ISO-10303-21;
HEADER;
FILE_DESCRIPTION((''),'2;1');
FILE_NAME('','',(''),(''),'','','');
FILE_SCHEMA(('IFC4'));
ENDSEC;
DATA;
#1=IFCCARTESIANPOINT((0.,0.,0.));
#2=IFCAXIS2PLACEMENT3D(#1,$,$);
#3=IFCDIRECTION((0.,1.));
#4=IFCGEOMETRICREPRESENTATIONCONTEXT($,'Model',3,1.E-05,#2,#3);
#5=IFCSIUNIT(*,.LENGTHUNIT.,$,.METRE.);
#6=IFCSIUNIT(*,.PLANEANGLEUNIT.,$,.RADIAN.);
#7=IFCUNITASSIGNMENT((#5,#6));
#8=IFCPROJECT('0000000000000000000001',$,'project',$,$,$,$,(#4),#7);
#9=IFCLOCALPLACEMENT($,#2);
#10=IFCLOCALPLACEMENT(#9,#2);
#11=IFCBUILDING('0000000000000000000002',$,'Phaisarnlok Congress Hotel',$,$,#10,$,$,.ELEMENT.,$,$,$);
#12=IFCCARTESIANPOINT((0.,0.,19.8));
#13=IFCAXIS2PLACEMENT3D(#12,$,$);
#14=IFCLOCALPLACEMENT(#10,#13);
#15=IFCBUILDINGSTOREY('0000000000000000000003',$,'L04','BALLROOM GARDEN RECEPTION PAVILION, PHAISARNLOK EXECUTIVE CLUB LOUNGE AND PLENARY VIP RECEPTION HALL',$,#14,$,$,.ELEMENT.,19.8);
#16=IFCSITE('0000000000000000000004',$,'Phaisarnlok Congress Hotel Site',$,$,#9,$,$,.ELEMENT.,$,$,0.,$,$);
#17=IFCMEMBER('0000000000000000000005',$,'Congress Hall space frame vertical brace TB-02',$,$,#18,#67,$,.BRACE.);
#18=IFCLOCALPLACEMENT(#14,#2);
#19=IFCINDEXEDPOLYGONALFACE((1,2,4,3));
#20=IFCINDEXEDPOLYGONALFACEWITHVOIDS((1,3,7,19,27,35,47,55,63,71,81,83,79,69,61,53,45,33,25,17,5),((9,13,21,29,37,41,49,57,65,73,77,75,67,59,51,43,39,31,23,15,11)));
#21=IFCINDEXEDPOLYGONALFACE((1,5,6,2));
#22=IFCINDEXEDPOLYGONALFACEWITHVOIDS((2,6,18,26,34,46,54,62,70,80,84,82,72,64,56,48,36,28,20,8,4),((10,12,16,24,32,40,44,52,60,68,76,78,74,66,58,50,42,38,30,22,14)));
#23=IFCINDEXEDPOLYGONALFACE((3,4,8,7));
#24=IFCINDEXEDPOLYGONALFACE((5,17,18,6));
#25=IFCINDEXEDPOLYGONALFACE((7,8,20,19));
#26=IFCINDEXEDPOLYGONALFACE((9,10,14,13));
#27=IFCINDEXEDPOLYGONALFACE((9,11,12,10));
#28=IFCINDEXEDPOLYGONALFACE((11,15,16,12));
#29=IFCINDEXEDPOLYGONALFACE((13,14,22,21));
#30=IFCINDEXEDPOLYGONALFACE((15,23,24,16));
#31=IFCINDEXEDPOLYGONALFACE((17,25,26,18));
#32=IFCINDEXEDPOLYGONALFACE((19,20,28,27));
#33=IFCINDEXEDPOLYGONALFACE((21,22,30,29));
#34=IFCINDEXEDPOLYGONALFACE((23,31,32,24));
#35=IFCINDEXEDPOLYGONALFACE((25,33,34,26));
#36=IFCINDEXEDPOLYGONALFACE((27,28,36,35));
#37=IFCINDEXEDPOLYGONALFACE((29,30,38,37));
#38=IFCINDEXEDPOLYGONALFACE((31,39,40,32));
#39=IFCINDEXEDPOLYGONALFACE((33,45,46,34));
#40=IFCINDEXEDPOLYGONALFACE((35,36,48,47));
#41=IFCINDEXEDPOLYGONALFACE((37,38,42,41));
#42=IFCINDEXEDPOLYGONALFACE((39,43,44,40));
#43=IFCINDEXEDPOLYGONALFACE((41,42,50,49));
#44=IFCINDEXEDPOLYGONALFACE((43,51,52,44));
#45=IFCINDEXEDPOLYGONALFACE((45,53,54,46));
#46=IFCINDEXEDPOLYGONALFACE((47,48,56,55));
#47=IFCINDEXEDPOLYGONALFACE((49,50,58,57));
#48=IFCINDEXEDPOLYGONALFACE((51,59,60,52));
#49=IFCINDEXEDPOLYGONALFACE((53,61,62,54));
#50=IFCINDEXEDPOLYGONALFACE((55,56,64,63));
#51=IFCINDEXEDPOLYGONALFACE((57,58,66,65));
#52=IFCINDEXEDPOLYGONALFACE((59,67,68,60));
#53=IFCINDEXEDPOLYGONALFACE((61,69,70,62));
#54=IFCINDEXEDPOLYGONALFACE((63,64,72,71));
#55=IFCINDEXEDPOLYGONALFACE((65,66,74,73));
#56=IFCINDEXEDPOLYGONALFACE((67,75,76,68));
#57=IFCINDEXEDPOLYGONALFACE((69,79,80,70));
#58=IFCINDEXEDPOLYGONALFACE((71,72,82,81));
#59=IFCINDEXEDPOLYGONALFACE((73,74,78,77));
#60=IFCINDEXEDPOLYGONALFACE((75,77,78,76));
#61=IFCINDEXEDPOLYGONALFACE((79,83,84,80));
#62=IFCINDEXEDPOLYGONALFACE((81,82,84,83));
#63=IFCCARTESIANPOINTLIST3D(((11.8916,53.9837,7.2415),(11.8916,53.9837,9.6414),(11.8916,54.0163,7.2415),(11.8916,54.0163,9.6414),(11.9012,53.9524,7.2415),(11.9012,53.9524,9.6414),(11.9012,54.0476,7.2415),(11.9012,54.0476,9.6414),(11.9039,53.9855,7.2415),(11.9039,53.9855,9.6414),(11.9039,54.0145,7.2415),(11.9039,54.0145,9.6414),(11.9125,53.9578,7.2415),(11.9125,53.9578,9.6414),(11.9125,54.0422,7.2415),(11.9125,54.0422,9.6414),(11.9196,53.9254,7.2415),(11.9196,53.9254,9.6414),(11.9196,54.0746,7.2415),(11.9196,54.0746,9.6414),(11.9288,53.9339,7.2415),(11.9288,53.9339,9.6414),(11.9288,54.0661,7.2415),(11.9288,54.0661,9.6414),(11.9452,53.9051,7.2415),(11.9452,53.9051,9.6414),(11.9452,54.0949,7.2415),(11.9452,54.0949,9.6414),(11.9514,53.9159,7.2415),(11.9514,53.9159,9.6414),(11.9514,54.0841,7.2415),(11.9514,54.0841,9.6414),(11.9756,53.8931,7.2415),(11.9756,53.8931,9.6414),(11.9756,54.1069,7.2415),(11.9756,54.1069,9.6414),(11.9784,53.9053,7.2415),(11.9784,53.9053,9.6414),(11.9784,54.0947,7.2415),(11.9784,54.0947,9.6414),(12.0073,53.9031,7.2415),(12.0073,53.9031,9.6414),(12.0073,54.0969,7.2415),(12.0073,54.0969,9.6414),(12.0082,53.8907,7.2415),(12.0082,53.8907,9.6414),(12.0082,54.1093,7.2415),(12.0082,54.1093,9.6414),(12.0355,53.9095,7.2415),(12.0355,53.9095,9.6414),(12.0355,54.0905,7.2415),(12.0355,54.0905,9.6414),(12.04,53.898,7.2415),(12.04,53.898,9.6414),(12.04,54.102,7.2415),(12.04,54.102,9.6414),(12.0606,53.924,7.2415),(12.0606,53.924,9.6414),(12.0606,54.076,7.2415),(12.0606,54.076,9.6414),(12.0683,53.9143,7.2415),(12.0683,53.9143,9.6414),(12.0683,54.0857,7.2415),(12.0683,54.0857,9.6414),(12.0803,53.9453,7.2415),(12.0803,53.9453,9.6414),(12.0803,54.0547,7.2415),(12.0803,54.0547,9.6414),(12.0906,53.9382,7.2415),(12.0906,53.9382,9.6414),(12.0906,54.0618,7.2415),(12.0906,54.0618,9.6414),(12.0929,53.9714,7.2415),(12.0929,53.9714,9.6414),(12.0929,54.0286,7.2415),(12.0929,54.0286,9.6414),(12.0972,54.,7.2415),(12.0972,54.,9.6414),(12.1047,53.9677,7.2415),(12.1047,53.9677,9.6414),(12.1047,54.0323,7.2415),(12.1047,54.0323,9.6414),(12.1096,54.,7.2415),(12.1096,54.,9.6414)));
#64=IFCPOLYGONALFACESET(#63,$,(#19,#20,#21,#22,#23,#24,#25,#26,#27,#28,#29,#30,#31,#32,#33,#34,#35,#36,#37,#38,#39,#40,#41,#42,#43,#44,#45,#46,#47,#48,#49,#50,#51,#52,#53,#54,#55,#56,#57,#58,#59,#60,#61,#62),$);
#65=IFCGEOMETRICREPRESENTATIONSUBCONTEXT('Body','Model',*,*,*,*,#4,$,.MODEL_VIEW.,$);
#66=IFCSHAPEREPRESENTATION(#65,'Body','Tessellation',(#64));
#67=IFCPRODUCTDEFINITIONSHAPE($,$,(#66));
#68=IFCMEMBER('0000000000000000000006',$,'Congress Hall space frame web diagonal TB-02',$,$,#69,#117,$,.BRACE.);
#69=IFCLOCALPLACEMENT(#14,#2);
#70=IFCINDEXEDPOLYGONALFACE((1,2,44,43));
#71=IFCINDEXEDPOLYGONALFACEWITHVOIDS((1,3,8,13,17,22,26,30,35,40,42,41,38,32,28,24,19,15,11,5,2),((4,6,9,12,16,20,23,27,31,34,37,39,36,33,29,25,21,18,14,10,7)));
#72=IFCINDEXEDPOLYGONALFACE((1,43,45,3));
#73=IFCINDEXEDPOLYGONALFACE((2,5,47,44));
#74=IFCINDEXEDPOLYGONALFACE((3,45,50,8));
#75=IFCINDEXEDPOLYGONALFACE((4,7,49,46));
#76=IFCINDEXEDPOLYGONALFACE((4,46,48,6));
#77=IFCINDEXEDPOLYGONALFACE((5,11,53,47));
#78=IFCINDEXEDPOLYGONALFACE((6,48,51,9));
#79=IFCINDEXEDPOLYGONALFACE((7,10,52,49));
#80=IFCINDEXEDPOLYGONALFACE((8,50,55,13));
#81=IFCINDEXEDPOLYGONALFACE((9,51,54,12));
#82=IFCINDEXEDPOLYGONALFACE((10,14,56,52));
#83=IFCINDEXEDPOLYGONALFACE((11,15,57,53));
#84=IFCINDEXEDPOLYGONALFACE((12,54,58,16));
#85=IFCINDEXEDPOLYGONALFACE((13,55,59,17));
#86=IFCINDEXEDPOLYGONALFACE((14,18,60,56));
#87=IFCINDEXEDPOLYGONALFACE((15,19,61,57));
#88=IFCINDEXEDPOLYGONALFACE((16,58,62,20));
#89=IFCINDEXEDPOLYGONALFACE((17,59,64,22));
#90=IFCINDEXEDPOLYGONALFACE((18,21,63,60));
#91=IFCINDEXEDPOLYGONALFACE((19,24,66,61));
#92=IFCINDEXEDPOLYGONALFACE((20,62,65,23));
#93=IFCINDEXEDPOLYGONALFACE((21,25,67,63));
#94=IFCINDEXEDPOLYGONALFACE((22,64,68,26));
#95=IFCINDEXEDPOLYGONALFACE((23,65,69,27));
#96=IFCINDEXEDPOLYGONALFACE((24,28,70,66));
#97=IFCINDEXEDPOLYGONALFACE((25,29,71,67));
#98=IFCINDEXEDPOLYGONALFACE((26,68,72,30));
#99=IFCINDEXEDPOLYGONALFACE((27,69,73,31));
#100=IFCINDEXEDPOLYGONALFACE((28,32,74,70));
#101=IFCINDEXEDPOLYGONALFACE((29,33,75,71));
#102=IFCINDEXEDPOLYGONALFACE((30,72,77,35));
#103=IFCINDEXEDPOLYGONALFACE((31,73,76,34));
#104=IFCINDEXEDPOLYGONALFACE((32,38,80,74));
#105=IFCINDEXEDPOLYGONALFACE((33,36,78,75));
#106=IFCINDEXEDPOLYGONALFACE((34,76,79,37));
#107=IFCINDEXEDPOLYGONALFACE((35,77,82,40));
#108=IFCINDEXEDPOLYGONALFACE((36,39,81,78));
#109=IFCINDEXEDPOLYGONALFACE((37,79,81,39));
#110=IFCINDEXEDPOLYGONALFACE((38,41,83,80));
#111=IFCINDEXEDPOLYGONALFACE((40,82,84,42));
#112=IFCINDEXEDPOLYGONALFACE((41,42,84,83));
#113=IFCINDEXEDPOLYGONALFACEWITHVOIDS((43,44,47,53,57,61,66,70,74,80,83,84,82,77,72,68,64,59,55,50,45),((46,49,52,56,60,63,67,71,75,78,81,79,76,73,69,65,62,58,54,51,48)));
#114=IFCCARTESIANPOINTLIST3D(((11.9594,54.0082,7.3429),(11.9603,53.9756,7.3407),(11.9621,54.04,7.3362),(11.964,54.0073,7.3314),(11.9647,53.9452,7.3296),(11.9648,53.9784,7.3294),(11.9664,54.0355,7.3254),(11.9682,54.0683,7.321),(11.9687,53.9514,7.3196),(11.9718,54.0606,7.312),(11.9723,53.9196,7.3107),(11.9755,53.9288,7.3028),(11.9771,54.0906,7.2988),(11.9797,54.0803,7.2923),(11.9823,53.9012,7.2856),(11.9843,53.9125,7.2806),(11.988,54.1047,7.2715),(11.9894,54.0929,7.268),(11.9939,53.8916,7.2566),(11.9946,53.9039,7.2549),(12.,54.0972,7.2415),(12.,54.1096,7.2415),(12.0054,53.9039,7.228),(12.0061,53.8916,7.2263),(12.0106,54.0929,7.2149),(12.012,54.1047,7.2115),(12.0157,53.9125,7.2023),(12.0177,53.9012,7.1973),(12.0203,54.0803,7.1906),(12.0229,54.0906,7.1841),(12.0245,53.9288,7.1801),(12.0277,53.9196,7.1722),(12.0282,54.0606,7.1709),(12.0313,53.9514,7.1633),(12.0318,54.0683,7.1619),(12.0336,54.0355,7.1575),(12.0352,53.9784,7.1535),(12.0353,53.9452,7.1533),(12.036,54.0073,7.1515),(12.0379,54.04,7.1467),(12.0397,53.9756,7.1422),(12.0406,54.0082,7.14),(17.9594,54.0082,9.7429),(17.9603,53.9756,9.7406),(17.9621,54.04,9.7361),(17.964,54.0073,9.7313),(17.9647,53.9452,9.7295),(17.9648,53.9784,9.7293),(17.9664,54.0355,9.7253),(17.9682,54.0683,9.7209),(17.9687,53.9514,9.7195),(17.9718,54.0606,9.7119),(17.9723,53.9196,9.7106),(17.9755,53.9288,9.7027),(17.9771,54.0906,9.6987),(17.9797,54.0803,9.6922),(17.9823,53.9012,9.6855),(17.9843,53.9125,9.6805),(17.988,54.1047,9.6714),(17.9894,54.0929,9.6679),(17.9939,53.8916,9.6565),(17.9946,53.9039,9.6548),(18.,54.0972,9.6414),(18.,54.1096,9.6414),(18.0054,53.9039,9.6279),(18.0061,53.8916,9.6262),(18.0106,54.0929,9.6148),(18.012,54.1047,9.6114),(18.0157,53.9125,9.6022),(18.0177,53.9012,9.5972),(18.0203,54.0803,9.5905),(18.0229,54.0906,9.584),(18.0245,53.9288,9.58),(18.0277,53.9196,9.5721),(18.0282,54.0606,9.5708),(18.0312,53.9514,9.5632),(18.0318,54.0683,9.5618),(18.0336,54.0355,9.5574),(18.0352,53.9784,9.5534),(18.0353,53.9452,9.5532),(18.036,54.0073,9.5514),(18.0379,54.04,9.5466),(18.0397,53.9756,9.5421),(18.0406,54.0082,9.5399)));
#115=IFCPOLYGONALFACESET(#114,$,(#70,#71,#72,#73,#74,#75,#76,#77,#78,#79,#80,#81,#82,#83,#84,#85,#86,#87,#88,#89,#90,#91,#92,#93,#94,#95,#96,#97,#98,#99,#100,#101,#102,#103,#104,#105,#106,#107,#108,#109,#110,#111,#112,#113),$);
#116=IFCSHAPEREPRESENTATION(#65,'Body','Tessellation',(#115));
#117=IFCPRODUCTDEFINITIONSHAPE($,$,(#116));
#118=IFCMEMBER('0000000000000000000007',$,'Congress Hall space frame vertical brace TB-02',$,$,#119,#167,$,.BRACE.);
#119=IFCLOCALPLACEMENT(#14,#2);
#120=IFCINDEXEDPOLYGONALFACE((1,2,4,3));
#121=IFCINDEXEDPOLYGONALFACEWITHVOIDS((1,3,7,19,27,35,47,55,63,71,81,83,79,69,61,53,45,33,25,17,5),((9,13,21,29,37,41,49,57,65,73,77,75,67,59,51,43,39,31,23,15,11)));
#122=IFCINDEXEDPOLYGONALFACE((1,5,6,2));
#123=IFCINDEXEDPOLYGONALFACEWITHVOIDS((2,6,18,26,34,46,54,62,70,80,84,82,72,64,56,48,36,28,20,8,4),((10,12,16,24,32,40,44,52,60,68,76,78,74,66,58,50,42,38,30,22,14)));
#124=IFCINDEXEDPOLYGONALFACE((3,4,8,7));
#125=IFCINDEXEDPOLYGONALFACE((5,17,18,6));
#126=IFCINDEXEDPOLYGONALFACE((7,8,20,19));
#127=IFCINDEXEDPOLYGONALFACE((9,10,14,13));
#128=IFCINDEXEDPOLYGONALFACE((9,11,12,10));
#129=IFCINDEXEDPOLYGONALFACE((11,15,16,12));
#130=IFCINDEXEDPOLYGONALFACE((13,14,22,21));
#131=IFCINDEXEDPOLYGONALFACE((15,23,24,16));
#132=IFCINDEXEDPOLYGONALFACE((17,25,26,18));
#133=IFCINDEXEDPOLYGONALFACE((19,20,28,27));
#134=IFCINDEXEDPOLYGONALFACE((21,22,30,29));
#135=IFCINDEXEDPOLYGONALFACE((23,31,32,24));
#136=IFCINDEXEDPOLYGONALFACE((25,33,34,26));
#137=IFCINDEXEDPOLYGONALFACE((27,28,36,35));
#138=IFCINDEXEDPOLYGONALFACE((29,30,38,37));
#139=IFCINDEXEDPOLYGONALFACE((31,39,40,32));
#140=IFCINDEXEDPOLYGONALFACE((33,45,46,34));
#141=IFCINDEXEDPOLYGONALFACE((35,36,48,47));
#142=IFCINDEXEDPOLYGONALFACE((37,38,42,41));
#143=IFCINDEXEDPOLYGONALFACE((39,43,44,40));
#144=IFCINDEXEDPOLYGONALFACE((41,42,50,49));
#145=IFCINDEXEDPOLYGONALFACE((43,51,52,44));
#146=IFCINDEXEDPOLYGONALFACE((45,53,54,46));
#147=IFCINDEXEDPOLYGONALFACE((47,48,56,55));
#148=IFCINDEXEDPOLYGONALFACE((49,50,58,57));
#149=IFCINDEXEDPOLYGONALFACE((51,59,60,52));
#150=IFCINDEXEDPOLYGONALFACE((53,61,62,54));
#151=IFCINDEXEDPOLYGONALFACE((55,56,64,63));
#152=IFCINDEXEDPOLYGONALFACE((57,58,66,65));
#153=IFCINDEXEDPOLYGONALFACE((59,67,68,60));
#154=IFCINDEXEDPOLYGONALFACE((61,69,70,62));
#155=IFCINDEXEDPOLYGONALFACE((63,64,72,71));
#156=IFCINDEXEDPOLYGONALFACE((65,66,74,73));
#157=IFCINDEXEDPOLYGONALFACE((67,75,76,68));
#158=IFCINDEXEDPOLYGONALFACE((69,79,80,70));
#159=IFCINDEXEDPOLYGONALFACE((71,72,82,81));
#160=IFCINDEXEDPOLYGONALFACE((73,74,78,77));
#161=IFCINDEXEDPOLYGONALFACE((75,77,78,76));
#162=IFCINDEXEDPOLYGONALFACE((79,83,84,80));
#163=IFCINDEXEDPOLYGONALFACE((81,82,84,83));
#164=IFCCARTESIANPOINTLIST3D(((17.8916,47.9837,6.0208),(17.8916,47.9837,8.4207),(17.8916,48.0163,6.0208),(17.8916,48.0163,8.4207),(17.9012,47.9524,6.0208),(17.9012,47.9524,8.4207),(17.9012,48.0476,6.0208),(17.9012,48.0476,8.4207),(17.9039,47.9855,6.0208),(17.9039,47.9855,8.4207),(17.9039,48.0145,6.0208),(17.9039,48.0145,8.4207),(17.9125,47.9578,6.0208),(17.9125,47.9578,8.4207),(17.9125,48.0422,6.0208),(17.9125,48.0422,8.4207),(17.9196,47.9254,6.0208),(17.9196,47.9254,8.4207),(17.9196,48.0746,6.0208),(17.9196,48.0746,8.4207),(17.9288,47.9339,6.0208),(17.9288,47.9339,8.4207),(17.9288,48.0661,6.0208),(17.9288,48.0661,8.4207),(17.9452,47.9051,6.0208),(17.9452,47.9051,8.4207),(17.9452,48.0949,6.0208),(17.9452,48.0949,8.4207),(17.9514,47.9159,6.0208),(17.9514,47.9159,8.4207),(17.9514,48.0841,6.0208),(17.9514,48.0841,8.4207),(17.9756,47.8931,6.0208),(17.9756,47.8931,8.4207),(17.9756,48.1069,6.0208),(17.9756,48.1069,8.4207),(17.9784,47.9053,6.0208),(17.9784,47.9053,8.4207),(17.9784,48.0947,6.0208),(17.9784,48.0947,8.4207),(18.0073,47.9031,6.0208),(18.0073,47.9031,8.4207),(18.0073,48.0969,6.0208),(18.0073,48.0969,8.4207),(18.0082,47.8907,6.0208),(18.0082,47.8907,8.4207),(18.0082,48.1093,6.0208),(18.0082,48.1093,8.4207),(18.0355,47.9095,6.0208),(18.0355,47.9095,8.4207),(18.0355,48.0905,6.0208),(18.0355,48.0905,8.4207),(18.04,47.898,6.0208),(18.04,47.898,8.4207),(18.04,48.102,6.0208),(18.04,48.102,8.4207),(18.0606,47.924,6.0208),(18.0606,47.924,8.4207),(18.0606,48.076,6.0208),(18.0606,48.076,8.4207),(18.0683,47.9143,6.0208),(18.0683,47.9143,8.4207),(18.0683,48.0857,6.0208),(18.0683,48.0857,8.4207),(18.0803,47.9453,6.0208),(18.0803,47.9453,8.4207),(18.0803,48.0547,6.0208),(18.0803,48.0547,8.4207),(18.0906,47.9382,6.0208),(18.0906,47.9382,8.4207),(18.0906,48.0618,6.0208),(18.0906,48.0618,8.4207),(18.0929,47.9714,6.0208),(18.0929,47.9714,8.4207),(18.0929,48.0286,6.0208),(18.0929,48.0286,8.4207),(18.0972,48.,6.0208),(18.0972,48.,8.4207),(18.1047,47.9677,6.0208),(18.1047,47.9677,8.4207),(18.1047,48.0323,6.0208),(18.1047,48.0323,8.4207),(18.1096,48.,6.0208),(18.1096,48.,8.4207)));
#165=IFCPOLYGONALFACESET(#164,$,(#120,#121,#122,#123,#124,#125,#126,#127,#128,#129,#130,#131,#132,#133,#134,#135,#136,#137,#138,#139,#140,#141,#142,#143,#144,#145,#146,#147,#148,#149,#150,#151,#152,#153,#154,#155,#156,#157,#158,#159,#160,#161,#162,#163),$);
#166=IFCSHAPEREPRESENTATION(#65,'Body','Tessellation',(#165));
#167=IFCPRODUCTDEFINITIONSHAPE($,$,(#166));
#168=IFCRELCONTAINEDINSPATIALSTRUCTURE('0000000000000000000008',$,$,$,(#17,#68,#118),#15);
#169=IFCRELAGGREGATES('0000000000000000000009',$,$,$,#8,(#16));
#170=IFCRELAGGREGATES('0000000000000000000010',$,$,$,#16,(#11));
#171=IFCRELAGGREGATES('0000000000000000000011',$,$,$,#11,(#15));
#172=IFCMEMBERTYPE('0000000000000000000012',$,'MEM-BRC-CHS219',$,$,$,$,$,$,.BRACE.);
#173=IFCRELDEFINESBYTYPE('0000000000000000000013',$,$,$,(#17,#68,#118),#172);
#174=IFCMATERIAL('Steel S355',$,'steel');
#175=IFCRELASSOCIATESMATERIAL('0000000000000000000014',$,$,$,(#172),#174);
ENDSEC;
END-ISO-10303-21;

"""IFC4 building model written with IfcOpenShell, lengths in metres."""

from ifc_helpers import new_model, si_unit, direction, frame, origin, origin_2d, place, context, subcontext, project, spatial, hollow_circle, extrude, material, material_profile, profile_set, type_object, element, save


model = new_model("IFC4")

# Units and contexts
model_context = context("Model", 3, precision=1e-05, world=origin(), true_north=direction((0.0, 1.0)))
body_context = subcontext(model_context, "Body", "Model", "MODEL_VIEW")
ifc_project = project(units=[si_unit("LENGTHUNIT", "METRE"), si_unit("PLANEANGLEUNIT", "RADIAN")], contexts=[model_context])

# Site, building, storey
site_placement = place(None, origin())
site = spatial("IfcSite", under=ifc_project, at=site_placement, Name="Phaisarnlok Congress Hotel Site", CompositionType="ELEMENT", RefElevation=0.0)
building_placement = place(site_placement, origin())
building = spatial("IfcBuilding", under=site, at=building_placement, Name="Phaisarnlok Congress Hotel", CompositionType="ELEMENT")
storey_placement = place(building_placement, frame((0.0, 0.0, 19.8)))
storey = spatial("IfcBuildingStorey", under=building, at=storey_placement, Name="L04", Description="BALLROOM GARDEN RECEPTION PAVILION, PHAISARNLOK EXECUTIVE CLUB LOUNGE AND PLENARY VIP RECEPTION HALL", CompositionType="ELEMENT", Elevation=19.8)

# Members
ifc_material = material(Name="Steel S355", Category="steel")
ifc_material_profile_1 = material_profile(ifc_material, hollow_circle(Radius=0.1096, WallThickness=0.0125, at=origin_2d()), Name="CHS 219.1x12.5")
ifc_profile_set_1 = profile_set([ifc_material_profile_1], Name="Steel S355")
member_type_1 = type_object("IfcMemberType", Name="MEM-BRC-CHS219", PredefinedType="BRACE", material=ifc_profile_set_1)
member_1_placement = place(storey_placement, frame((12.0, 54.0, 7.2415), z_axis=(0.0, 0.0, 1.0), x_axis=(1.0, 0.0, 0.0)))
element("IfcMember", 1, at=member_1_placement, inside=storey, type_object=member_type_1, Name="Congress Hall space frame vertical brace TB-02", PredefinedType="BRACE", context=body_context, shape_type="SweptSolid", body=[
    extrude(hollow_circle(Radius=0.1096, WallThickness=0.0125, at=origin_2d()), origin(), (0.0, 0.0, 1.0), 2.3999),
])
member_2_placement = place(storey_placement, frame((12.0, 54.0, 7.2415), z_axis=(0.928482, 0.0, 0.371378), x_axis=(0.0, 1.0, 0.0)))
element("IfcMember", 2, at=member_2_placement, inside=storey, type_object=member_type_1, Name="Congress Hall space frame web diagonal TB-02", PredefinedType="BRACE", context=body_context, shape_type="SweptSolid", body=[
    extrude(hollow_circle(Radius=0.1096, WallThickness=0.0125, at=origin_2d()), origin(), (0.0, 0.0, 1.0), 6.4622),
])
member_3_placement = place(storey_placement, frame((18.0, 48.0, 6.0208), z_axis=(0.0, 0.0, 1.0), x_axis=(1.0, 0.0, 0.0)))
element("IfcMember", 3, at=member_3_placement, inside=storey, type_object=member_type_1, Name="Congress Hall space frame vertical brace TB-02", PredefinedType="BRACE", context=body_context, shape_type="SweptSolid", body=[
    extrude(hollow_circle(Radius=0.1096, WallThickness=0.0125, at=origin_2d()), origin(), (0.0, 0.0, 1.0), 2.3999),
])

save(model, "model.ifc")
